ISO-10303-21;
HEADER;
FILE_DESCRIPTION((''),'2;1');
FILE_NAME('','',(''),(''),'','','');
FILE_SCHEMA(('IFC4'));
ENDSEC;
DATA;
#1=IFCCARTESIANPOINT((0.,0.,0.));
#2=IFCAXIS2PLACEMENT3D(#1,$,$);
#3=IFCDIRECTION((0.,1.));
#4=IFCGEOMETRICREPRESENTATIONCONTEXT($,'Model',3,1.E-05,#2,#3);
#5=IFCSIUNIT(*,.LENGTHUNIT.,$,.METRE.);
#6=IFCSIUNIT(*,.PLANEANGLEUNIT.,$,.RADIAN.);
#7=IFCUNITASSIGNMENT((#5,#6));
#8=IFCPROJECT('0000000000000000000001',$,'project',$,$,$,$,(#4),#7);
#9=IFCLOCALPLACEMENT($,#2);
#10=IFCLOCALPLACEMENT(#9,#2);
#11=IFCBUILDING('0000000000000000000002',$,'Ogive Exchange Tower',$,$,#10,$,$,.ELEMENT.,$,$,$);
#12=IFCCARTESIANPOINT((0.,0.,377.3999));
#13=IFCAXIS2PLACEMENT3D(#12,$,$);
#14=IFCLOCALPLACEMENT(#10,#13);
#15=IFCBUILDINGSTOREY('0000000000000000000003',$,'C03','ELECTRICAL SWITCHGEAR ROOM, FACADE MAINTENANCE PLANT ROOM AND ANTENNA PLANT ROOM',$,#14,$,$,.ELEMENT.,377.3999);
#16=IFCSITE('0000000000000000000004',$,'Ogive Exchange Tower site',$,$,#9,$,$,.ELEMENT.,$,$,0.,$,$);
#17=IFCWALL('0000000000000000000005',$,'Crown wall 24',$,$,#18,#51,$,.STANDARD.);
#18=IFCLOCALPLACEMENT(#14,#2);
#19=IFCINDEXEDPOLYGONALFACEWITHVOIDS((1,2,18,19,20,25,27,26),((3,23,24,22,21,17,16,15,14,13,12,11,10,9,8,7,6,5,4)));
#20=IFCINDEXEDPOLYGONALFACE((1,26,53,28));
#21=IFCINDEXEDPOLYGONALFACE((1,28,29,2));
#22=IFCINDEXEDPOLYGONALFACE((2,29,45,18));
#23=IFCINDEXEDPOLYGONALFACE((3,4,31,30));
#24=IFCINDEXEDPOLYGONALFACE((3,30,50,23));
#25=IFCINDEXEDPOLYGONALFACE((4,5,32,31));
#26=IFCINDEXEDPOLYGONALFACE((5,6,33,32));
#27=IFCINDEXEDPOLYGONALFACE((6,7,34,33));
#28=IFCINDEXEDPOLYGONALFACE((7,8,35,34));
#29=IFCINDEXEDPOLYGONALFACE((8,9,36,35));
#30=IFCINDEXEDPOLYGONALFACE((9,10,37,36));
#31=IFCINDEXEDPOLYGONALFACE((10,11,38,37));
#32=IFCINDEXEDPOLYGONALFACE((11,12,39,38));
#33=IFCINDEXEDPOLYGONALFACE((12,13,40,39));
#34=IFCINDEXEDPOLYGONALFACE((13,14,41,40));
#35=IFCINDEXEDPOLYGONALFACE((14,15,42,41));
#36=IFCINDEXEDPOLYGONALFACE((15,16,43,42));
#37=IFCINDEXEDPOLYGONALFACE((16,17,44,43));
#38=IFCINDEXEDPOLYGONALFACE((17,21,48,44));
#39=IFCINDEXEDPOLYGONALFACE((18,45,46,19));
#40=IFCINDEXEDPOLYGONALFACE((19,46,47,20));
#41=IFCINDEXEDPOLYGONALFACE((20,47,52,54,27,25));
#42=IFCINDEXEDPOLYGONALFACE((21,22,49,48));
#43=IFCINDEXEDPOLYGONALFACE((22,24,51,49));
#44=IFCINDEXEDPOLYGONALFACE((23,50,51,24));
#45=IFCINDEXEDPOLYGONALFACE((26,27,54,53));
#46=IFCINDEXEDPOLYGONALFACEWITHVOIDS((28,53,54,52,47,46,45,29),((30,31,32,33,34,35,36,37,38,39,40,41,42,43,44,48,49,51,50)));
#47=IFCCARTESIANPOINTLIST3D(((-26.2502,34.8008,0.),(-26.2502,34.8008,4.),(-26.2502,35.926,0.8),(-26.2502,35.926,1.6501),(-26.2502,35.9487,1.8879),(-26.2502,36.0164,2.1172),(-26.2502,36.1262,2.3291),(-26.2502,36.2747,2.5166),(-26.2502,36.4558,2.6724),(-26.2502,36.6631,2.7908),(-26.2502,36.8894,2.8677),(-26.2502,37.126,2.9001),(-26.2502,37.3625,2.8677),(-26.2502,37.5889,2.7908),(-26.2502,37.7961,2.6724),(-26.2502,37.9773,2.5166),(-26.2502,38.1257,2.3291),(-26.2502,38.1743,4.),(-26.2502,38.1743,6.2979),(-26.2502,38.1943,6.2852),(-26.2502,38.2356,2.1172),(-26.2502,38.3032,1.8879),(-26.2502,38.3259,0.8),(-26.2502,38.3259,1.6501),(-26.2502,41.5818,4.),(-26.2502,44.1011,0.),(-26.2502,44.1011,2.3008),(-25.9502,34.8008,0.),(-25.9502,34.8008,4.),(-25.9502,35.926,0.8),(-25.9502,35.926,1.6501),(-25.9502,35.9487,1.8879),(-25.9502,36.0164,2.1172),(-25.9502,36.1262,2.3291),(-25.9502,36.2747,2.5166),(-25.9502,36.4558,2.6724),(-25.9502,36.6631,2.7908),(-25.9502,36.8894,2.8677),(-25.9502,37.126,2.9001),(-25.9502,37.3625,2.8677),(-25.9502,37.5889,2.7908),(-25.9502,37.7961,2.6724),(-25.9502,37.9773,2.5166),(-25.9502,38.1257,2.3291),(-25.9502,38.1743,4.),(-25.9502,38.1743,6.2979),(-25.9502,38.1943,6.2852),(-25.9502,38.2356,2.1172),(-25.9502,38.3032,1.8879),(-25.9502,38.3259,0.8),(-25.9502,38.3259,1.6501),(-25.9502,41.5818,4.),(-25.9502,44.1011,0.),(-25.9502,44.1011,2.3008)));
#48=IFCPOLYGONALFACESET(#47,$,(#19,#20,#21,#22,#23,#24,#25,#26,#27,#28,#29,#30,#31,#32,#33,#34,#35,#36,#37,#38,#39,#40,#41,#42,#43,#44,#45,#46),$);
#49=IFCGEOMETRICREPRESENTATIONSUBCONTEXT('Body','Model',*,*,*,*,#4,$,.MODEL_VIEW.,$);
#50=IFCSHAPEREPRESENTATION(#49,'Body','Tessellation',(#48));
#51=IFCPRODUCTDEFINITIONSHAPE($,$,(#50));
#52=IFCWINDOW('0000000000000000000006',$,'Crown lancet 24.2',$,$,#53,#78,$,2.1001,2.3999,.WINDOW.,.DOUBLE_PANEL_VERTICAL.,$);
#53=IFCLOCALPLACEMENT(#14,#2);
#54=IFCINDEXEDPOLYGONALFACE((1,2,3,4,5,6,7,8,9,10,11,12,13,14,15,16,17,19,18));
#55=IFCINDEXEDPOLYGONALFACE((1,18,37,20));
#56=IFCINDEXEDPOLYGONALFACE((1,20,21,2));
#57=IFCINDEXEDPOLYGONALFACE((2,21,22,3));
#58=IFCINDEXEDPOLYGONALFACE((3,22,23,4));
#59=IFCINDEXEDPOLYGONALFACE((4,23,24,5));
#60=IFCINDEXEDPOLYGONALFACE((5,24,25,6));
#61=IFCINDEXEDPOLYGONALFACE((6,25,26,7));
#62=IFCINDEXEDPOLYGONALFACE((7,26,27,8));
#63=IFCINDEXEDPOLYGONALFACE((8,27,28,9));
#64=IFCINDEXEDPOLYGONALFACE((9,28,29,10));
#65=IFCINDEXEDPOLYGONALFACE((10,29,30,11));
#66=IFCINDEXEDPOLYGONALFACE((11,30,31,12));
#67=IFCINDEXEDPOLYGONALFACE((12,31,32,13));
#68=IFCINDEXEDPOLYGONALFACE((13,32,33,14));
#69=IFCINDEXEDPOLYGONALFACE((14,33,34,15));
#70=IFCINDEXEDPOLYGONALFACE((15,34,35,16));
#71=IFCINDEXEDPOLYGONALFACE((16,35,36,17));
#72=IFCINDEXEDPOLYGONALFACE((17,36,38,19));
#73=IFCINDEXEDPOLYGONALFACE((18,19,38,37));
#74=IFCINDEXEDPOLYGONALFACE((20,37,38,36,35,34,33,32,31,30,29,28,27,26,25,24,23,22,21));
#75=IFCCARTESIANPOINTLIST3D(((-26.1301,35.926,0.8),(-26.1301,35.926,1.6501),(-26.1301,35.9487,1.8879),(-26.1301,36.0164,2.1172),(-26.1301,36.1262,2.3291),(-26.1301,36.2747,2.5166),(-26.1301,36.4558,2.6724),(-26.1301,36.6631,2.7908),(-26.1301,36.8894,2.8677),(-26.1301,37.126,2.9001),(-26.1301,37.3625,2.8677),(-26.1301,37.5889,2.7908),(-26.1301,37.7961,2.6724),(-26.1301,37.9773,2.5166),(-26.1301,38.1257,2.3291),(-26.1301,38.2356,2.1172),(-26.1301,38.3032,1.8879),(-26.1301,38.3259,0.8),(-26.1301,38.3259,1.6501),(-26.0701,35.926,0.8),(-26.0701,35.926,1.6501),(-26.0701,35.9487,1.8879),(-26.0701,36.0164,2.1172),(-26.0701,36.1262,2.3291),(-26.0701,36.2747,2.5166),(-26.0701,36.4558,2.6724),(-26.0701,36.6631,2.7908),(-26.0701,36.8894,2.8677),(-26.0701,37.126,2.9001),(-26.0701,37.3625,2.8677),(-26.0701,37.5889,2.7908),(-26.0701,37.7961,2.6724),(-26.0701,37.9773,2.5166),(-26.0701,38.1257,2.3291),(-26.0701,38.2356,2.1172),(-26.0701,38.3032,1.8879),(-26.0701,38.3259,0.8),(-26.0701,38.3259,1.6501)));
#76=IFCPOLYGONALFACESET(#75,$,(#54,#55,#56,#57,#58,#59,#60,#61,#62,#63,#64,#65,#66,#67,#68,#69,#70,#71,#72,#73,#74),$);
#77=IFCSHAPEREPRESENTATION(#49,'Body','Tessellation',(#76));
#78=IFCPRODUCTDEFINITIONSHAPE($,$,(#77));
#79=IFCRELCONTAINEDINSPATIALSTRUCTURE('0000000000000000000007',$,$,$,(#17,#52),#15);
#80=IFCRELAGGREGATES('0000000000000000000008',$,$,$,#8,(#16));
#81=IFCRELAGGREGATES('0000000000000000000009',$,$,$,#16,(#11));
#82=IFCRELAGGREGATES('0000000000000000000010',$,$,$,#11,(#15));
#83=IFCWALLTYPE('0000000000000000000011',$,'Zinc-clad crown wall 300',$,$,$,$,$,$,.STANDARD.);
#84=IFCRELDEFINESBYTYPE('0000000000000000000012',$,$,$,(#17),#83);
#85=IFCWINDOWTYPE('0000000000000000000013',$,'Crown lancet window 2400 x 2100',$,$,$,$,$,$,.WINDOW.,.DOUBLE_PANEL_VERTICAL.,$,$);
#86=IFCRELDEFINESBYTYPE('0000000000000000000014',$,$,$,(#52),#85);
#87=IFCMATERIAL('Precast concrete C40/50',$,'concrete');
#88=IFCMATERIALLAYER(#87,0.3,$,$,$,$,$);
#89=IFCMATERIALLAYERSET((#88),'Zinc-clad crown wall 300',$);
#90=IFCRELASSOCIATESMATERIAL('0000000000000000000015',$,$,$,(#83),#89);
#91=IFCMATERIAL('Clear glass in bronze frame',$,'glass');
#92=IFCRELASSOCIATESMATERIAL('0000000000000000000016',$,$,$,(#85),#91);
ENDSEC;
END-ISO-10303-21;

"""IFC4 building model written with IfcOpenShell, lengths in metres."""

from ifc_helpers import new_model, si_unit, direction, frame, origin, place, context, subcontext, project, spatial, polyline, outline, extrude, material, layer, layer_set, type_object, element, fill, save


model = new_model("IFC4")

# Units and contexts
model_context = context("Model", 3, precision=1e-05, world=origin(), true_north=direction((0.0, 1.0)))
body_context = subcontext(model_context, "Body", "Model", "MODEL_VIEW")
ifc_project = project(units=[si_unit("LENGTHUNIT", "METRE"), si_unit("PLANEANGLEUNIT", "RADIAN")], contexts=[model_context])

# Site, building, storey
site_placement = place(None, origin())
site = spatial("IfcSite", under=ifc_project, at=site_placement, Name="Ogive Exchange Tower site", CompositionType="ELEMENT", RefElevation=0.0)
building_placement = place(site_placement, origin())
building = spatial("IfcBuilding", under=site, at=building_placement, Name="Ogive Exchange Tower", CompositionType="ELEMENT")
storey_placement = place(building_placement, frame((0.0, 0.0, 377.3999)))
storey = spatial("IfcBuildingStorey", under=building, at=storey_placement, Name="C03", Description="ELECTRICAL SWITCHGEAR ROOM, FACADE MAINTENANCE PLANT ROOM AND ANTENNA PLANT ROOM", CompositionType="ELEMENT", Elevation=377.3999)

# Shared definitions
ifc_material_1 = material(Name="Precast concrete C40/50", Category="concrete")

# Shared definitions
ifc_layer_1 = layer(ifc_material_1, 0.3)
ifc_layer_set_1 = layer_set([ifc_layer_1], Name="Zinc-clad crown wall 300")
wall_type_1 = type_object("IfcWallType", Name="Zinc-clad crown wall 300", PredefinedType="STANDARD", material=ifc_layer_set_1)

# Wall, opening, window
wall_1_placement = place(storey_placement, frame((-26.1001, 44.1011, 0.0), z_axis=(0.0, 0.0, 1.0), x_axis=(0.0, -1.0, 0.0)))
wall_1 = element("IfcWall", 1, at=wall_1_placement, inside=storey, type_object=wall_type_1, Name="Crown wall 24", PredefinedType="STANDARD", context=body_context, shape_type="SweptSolid", body=[
    extrude(outline(polyline([(0.0, 0.0), (9.3003, 0.0), (9.3003, 4.0), (5.9268, 4.0), (5.9268, 6.2979), (5.9067, 6.2852), (2.5193, 4.0), (0.0, 2.3008), (0.0, 0.0)])), frame((0.0, 0.1499, 0.0), z_axis=(0.0, -1.0, 0.0), x_axis=(1.0, 0.0, 0.0)), (0.0, 0.0, 1.0), 0.3),
])
opening_1_placement = place(wall_1_placement, frame((5.7751, 0.0, 0.8)))
opening_1 = element("IfcOpeningElement", 2, at=opening_1_placement, cuts=wall_1, PredefinedType="OPENING", context=body_context, shape_type="SweptSolid", body=[
    extrude(outline(polyline([(0.0, 0.0), (2.3999, 0.0), (2.3999, 0.8501), (2.3772, 1.0879), (2.3096, 1.3171), (2.1997, 1.5291), (2.0513, 1.7166), (1.8701, 1.8723), (1.6628, 1.9907), (1.4365, 2.0676), (1.2, 2.1001), (0.9634, 2.0676), (0.7371, 1.9907), (0.5298, 1.8723), (0.3486, 1.7166), (0.2002, 1.5291), (0.0903, 1.3171), (0.0227, 1.0879), (0.0, 0.8501), (0.0, 0.0)])), frame((0.0, 0.1599, 0.0), z_axis=(0.0, -1.0, 0.0), x_axis=(1.0, 0.0, 0.0)), (0.0, 0.0, 1.0), 0.3201),
])
ifc_material_2 = material(Name="Clear glass in bronze frame", Category="glass")
window_type_1 = type_object("IfcWindowType", Name="Crown lancet window 2400 x 2100", PartitioningType="DOUBLE_PANEL_VERTICAL", PredefinedType="WINDOW", material=ifc_material_2)
window_1_placement = place(opening_1_placement, origin())
window_1 = element("IfcWindow", 3, at=window_1_placement, inside=storey, type_object=window_type_1, Name="Crown lancet 24.2", OverallHeight=2.1001, OverallWidth=2.3999, PartitioningType="DOUBLE_PANEL_VERTICAL", PredefinedType="WINDOW", context=body_context, shape_type="SweptSolid", body=[
    extrude(outline(polyline([(0.0, 0.0), (2.3999, 0.0), (2.3999, 0.8501), (2.3772, 1.0879), (2.3096, 1.3171), (2.1997, 1.5291), (2.0513, 1.7166), (1.8701, 1.8723), (1.6628, 1.9907), (1.4365, 2.0676), (1.2, 2.1001), (0.9634, 2.0676), (0.7371, 1.9907), (0.5298, 1.8723), (0.3486, 1.7166), (0.2002, 1.5291), (0.0903, 1.3171), (0.0227, 1.0879), (0.0, 0.8501), (0.0, 0.0)])), frame((0.0, 0.03, 0.0), z_axis=(0.0, -1.0, 0.0), x_axis=(1.0, 0.0, 0.0)), (0.0, 0.0, 1.0), 0.0601),
])
fill(opening_1, window_1)

save(model, "model.ifc")
